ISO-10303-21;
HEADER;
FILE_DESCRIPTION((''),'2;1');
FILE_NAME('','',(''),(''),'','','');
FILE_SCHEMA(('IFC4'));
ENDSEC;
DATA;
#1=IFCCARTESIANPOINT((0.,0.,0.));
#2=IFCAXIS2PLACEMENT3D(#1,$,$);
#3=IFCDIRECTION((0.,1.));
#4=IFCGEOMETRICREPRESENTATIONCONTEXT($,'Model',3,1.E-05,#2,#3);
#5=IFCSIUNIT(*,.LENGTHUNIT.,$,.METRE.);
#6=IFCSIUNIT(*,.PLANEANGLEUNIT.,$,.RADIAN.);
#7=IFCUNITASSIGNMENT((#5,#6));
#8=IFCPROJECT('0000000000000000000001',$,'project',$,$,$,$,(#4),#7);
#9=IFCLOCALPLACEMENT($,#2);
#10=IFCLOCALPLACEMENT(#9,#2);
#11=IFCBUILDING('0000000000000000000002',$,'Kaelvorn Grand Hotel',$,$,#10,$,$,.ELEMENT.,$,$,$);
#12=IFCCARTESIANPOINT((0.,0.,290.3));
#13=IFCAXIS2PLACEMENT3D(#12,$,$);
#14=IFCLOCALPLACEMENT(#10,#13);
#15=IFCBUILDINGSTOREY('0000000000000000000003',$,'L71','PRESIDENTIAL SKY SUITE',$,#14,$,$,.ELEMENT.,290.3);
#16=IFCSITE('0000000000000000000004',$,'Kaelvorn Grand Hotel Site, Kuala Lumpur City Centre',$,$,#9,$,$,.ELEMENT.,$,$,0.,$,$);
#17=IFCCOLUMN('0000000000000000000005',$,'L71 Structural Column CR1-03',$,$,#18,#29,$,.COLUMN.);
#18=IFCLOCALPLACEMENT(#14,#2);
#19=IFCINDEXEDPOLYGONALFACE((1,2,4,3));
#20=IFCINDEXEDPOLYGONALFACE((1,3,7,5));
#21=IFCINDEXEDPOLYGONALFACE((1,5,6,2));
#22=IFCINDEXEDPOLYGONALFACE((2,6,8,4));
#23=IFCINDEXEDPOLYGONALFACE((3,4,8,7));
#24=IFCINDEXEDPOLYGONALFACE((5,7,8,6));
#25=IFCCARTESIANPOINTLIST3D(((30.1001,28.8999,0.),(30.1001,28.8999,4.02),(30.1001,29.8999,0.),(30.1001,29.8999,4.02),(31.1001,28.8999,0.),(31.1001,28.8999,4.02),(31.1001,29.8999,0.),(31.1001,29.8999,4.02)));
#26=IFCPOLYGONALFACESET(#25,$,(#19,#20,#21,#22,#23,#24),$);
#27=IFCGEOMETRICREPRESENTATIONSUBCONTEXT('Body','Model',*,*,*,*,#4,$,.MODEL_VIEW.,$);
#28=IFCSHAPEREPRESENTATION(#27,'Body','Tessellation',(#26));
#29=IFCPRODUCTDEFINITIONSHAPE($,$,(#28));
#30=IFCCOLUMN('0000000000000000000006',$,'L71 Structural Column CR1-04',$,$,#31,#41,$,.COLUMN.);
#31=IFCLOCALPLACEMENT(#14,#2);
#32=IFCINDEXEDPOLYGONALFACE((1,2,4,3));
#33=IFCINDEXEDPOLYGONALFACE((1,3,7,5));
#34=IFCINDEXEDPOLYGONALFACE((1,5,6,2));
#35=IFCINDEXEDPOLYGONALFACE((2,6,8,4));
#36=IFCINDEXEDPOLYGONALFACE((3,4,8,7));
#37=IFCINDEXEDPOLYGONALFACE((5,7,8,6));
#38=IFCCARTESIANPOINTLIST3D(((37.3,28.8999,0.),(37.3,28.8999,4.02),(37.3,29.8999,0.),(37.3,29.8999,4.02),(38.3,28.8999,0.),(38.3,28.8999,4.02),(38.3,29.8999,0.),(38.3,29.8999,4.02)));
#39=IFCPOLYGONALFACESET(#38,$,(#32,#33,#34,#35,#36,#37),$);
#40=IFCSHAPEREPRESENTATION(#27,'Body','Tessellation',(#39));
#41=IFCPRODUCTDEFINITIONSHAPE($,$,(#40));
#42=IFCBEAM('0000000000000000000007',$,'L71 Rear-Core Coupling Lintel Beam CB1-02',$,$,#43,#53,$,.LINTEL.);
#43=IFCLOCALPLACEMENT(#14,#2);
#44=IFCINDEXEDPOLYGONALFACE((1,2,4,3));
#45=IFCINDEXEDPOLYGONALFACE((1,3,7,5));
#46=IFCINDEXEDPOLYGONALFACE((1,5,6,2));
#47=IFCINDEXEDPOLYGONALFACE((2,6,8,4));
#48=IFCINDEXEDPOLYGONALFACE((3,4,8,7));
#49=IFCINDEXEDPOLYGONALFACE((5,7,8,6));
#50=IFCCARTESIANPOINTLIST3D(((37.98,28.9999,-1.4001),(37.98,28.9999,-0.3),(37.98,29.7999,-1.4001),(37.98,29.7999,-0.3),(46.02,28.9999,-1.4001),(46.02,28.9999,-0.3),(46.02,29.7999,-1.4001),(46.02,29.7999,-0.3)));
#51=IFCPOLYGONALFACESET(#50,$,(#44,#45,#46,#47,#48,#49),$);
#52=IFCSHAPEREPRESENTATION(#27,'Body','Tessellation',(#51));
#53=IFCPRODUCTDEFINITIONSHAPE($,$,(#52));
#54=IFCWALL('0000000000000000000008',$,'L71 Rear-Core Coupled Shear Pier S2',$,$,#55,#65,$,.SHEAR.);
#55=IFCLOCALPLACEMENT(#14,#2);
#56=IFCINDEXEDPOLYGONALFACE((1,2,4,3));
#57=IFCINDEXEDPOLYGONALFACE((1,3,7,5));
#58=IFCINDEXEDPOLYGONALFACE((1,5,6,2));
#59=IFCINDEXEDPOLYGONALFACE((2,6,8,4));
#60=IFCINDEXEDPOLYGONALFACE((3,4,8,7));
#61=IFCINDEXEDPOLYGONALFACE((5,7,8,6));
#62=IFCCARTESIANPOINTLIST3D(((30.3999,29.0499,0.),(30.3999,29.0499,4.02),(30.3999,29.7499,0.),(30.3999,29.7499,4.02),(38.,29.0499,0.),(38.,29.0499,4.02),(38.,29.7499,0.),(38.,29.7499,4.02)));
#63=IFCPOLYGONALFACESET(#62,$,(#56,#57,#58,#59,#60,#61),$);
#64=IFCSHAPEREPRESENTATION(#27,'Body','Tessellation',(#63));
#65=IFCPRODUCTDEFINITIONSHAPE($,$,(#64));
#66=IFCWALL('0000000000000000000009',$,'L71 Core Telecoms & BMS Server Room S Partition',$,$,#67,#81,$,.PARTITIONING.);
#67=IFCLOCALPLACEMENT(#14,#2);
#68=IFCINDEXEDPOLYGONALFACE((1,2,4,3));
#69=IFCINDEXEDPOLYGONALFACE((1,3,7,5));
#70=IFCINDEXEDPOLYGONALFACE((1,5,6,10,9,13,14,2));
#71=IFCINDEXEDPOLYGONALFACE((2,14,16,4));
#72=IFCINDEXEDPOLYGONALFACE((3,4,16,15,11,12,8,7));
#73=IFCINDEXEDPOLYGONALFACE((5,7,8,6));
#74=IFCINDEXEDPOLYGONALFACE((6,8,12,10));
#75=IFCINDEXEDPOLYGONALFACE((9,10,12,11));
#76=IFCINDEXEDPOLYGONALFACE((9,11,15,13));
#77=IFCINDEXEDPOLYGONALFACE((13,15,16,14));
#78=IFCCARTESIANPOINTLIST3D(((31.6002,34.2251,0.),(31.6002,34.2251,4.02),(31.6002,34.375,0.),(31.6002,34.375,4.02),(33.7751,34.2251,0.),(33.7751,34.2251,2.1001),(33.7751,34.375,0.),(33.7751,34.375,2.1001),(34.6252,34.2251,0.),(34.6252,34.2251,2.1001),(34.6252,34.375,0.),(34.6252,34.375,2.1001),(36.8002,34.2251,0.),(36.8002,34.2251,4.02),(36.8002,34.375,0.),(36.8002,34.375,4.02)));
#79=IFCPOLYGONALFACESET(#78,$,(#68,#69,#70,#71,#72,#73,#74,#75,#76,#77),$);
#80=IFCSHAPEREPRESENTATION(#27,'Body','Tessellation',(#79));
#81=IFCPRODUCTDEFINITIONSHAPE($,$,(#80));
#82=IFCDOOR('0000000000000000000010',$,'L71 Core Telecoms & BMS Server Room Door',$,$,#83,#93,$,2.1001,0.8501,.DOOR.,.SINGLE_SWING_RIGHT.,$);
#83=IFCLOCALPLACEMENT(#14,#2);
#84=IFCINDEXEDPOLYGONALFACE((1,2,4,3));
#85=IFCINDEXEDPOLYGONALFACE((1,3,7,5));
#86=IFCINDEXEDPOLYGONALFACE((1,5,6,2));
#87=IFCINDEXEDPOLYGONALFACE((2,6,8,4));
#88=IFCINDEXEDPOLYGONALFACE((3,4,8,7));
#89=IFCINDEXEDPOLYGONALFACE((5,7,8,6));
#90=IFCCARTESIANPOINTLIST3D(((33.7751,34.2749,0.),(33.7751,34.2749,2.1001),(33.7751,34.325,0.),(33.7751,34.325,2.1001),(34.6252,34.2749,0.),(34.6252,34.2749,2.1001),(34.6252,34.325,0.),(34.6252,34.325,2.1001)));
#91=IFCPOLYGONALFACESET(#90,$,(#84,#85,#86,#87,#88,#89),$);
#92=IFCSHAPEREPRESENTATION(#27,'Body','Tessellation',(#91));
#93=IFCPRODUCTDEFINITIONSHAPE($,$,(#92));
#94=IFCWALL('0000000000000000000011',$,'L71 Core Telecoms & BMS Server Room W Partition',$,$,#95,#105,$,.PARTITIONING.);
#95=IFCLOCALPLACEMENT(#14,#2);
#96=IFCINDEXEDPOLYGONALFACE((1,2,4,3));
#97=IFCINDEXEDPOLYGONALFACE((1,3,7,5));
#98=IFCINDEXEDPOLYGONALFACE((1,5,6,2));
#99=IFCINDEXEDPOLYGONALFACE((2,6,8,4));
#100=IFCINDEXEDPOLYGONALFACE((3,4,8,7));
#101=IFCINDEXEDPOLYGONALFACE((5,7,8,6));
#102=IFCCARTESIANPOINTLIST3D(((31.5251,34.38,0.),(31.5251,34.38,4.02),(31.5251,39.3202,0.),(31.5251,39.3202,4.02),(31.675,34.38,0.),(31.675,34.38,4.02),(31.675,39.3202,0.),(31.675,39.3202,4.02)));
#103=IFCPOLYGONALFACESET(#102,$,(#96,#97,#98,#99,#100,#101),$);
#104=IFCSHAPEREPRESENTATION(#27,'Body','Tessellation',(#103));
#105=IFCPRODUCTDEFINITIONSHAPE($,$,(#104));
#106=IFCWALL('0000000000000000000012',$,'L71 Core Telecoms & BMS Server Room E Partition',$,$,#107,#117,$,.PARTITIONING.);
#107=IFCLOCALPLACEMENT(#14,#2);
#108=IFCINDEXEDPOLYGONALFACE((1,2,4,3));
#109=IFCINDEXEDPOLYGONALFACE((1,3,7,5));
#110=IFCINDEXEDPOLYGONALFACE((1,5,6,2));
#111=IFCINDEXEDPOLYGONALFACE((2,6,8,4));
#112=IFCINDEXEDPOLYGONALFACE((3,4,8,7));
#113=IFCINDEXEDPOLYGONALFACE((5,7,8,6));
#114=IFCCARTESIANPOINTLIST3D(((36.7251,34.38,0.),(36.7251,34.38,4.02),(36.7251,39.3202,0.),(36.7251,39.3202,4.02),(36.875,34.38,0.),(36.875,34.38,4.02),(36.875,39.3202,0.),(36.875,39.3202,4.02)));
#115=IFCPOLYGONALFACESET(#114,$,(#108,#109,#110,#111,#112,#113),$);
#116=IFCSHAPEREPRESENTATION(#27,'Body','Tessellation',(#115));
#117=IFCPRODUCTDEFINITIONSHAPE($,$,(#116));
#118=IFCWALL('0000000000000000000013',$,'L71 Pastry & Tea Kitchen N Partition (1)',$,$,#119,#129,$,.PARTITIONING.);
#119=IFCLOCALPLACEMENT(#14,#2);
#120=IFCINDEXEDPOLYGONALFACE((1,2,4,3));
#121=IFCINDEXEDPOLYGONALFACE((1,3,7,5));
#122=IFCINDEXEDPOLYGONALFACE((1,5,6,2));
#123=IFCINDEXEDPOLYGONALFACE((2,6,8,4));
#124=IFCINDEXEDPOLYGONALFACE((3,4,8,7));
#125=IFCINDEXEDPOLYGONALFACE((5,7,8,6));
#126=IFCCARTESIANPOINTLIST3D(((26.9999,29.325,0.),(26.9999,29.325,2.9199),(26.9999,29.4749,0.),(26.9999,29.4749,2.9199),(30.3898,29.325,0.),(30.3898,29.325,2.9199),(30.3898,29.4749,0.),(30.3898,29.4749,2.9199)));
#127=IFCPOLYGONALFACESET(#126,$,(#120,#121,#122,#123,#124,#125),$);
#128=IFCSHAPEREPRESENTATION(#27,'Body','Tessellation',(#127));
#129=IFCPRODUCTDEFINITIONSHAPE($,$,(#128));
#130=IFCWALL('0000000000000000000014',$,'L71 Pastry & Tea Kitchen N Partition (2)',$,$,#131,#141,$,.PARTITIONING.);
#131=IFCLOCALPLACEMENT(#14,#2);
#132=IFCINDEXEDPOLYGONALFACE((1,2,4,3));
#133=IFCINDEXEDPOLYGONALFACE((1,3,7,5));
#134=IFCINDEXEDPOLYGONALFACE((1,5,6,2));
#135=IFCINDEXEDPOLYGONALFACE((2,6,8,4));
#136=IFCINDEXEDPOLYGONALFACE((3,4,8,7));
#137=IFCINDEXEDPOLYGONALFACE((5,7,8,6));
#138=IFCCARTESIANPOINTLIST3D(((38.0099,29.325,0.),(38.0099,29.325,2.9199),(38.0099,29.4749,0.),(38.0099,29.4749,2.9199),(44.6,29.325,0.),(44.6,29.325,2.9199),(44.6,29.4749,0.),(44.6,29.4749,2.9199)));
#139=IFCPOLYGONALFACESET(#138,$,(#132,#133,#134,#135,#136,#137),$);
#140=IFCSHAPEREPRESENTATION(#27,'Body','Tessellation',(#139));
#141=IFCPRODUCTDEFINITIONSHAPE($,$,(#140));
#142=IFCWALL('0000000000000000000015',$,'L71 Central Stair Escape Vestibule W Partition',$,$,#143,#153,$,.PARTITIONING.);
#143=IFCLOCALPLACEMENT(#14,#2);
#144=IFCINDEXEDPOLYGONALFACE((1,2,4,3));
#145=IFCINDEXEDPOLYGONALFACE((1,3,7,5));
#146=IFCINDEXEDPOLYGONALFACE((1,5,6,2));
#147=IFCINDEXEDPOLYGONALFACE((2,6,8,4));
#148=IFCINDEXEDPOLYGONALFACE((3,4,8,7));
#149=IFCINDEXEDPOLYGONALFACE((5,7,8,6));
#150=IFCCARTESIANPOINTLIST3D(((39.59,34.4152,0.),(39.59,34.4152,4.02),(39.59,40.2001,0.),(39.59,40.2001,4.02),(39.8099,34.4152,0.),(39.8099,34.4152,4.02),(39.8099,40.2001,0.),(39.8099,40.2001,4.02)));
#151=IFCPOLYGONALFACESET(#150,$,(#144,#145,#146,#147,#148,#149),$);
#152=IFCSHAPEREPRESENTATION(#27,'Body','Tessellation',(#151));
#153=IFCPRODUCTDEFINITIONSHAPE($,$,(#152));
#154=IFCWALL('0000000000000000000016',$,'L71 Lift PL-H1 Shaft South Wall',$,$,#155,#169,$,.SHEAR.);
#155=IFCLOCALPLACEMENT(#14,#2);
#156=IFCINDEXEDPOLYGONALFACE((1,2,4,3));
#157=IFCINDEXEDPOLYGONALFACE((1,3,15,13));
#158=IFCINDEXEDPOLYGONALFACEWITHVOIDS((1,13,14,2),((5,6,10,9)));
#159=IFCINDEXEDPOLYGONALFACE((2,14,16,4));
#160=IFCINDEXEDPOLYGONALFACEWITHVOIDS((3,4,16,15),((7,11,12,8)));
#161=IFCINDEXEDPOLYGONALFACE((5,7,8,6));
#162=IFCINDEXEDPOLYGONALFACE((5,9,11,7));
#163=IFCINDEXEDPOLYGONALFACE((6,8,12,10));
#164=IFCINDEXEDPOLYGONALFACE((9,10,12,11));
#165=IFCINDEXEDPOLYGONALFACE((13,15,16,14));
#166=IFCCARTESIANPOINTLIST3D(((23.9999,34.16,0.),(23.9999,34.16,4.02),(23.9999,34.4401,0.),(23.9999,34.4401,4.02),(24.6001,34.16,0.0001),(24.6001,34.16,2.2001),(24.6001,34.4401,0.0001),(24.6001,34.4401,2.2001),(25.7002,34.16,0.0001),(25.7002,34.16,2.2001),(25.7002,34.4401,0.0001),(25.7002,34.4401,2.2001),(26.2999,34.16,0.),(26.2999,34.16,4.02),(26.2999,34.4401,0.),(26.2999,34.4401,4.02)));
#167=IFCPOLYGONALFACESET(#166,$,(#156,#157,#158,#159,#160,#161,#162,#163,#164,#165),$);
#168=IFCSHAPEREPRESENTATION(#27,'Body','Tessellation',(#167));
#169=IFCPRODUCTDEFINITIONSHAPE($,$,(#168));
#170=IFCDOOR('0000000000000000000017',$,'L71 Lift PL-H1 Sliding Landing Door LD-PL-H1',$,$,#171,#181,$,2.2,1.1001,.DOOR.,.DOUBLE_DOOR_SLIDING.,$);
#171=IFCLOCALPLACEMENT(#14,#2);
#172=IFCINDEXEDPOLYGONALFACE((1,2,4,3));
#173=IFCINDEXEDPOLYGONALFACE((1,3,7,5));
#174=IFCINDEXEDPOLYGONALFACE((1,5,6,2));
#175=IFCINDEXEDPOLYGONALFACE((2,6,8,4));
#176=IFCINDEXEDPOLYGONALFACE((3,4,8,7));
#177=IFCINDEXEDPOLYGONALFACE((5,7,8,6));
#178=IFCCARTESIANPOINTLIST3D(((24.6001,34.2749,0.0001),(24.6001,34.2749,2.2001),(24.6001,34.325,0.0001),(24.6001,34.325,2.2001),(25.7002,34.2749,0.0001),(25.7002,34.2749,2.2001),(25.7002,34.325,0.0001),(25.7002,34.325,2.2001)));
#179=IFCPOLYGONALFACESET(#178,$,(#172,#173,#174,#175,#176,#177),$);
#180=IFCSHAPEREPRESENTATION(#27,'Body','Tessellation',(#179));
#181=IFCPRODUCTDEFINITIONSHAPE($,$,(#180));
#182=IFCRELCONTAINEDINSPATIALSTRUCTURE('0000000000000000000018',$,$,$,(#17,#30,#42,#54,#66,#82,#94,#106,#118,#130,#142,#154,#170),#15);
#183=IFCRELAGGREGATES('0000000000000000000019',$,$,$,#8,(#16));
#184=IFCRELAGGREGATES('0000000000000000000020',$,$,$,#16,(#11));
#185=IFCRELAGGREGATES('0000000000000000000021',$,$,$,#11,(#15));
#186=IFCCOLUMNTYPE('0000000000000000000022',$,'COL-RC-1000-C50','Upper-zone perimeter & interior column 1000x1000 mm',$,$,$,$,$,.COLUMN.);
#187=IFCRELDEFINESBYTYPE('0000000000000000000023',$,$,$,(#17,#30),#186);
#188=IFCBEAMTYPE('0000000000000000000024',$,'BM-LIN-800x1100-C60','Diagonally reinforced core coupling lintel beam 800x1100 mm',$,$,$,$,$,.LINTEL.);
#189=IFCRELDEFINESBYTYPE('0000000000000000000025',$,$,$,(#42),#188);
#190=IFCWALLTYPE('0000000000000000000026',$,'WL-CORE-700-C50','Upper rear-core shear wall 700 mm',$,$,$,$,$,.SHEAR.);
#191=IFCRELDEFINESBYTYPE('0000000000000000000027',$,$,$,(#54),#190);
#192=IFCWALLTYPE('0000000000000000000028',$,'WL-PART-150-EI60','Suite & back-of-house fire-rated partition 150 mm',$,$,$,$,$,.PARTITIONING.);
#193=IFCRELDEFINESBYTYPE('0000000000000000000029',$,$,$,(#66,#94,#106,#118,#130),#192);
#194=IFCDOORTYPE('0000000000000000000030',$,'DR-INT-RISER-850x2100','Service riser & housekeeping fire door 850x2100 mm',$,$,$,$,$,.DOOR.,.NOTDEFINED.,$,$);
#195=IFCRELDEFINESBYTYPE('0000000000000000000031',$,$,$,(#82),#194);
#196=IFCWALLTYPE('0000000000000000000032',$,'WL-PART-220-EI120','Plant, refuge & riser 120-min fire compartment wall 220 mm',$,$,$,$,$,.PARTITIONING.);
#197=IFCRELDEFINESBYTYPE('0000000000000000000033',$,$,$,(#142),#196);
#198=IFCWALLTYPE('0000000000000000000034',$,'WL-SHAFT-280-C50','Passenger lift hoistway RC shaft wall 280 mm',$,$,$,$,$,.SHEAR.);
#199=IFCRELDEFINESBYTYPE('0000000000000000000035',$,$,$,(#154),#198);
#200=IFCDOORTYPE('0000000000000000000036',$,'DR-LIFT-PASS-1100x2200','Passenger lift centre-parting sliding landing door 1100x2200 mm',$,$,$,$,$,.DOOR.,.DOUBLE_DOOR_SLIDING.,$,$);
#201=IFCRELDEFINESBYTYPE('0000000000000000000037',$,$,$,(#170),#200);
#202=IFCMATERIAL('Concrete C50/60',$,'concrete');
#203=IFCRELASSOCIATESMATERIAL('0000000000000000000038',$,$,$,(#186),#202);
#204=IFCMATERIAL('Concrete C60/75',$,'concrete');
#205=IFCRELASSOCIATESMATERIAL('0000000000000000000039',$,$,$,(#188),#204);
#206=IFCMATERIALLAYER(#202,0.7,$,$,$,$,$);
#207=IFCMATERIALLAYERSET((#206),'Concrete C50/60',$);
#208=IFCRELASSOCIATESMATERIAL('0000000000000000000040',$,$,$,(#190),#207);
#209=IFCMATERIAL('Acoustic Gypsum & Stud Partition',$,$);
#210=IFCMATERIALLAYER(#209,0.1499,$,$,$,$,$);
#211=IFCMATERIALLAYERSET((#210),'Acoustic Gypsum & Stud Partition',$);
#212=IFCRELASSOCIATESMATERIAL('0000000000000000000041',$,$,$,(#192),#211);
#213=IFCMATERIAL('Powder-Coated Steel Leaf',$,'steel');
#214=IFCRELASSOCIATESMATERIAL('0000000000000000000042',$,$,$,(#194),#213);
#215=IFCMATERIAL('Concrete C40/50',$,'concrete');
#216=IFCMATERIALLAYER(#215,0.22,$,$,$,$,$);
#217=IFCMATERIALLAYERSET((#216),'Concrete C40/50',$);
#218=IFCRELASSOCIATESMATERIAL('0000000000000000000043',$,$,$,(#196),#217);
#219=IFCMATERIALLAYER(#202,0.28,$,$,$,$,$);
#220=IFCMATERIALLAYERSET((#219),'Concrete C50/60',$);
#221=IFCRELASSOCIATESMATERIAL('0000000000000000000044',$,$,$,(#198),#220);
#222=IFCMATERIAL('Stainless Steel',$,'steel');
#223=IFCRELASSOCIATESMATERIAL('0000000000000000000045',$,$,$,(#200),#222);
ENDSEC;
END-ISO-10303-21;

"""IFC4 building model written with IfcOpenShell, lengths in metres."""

from ifc_helpers import new_model, si_unit, direction, frame, frame_2d, origin, origin_2d, place, context, subcontext, project, spatial, rectangle, extrude, material, layer, layer_set, material_profile, profile_set, type_object, element, fill, save


model = new_model("IFC4")

# Units and contexts
model_context = context("Model", 3, precision=1e-05, world=origin(), true_north=direction((0.0, 1.0)))
body_context = subcontext(model_context, "Body", "Model", "MODEL_VIEW")
ifc_project = project(units=[si_unit("LENGTHUNIT", "METRE"), si_unit("PLANEANGLEUNIT", "RADIAN")], contexts=[model_context])

# Site, building, storey
site_placement = place(None, origin())
site = spatial("IfcSite", under=ifc_project, at=site_placement, Name="Kaelvorn Grand Hotel Site, Kuala Lumpur City Centre", CompositionType="ELEMENT", RefElevation=0.0)
building_placement = place(site_placement, origin())
building = spatial("IfcBuilding", under=site, at=building_placement, Name="Kaelvorn Grand Hotel", CompositionType="ELEMENT")
storey_placement = place(building_placement, frame((0.0, 0.0, 290.3)))
storey = spatial("IfcBuildingStorey", under=building, at=storey_placement, Name="L71", Description="PRESIDENTIAL SKY SUITE", CompositionType="ELEMENT", Elevation=290.3)

# Columns
ifc_material_1 = material(Name="Concrete C50/60", Category="concrete")
ifc_material_profile_1 = material_profile(ifc_material_1, rectangle(XDim=1.0, YDim=1.0, at=origin_2d()), Name="RC COL 1000x1000")
ifc_profile_set_1 = profile_set([ifc_material_profile_1], Name="Concrete C50/60")
column_type = type_object("IfcColumnType", Name="COL-RC-1000-C50", Description="Upper-zone perimeter & interior column 1000x1000 mm", PredefinedType="COLUMN", material=ifc_profile_set_1)
for number, where, z_axis, x_axis, name in (
    (1, (30.6001, 29.3999, 0.0), (0.0, 0.0, 1.0), (1.0, 0.0, 0.0), "L71 Structural Column CR1-03"),
    (2, (37.8, 29.3999, 0.0), (0.0, 0.0, 1.0), (1.0, 0.0, 0.0), "L71 Structural Column CR1-04"),
):
    element("IfcColumn", number, at=place(storey_placement, frame(where, z_axis=z_axis, x_axis=x_axis)), inside=storey, type_object=column_type, Name=name, PredefinedType="COLUMN", context=body_context, shape_type="SweptSolid", body=[
        extrude(rectangle(XDim=1.0, YDim=1.0, at=origin_2d()), origin(), (0.0, 0.0, 1.0), 4.02),
    ])

# Beam
ifc_material_2 = material(Name="Concrete C60/75", Category="concrete")
ifc_material_profile_2 = material_profile(ifc_material_2, rectangle(XDim=0.8, YDim=1.1001, at=origin_2d()), Name="RC LINTEL 800x1100")
ifc_profile_set_2 = profile_set([ifc_material_profile_2], Name="Concrete C60/75")
beam_type = type_object("IfcBeamType", Name="BM-LIN-800x1100-C60", Description="Diagonally reinforced core coupling lintel beam 800x1100 mm", PredefinedType="LINTEL", material=ifc_profile_set_2)
beam_placement = place(storey_placement, frame((37.98, 29.3999, -0.8501), z_axis=(1.0, 0.0, 0.0), x_axis=(0.0, 1.0, 0.0)))
element("IfcBeam", 3, at=beam_placement, inside=storey, type_object=beam_type, Name="L71 Rear-Core Coupling Lintel Beam CB1-02", PredefinedType="LINTEL", context=body_context, shape_type="SweptSolid", body=[
    extrude(rectangle(XDim=0.8, YDim=1.1001, at=origin_2d()), origin(), (0.0, 0.0, 1.0), 8.04),
])

# Wall
ifc_layer_1 = layer(ifc_material_1, 0.7)
ifc_layer_set_1 = layer_set([ifc_layer_1], Name="Concrete C50/60")
wall_type_1 = type_object("IfcWallType", Name="WL-CORE-700-C50", Description="Upper rear-core shear wall 700 mm", PredefinedType="SHEAR", material=ifc_layer_set_1)
wall_1_placement = place(storey_placement, frame((30.3999, 29.3999, 0.0), z_axis=(0.0, 0.0, 1.0), x_axis=(1.0, 0.0, 0.0)))
element("IfcWall", 4, at=wall_1_placement, inside=storey, type_object=wall_type_1, Name="L71 Rear-Core Coupled Shear Pier S2", PredefinedType="SHEAR", context=body_context, shape_type="SweptSolid", body=[
    extrude(rectangle(XDim=7.6001, YDim=0.7, at=frame_2d((3.8, 0.0))), origin(), (0.0, 0.0, 1.0), 4.02),
])

# Wall, opening, door
ifc_material_3 = material(Name="Acoustic Gypsum & Stud Partition")
ifc_layer_2 = layer(ifc_material_3, 0.1499)
ifc_layer_set_2 = layer_set([ifc_layer_2], Name="Acoustic Gypsum & Stud Partition")
wall_type_2 = type_object("IfcWallType", Name="WL-PART-150-EI60", Description="Suite & back-of-house fire-rated partition 150 mm", PredefinedType="PARTITIONING", material=ifc_layer_set_2)
wall_2_placement = place(storey_placement, frame((31.6001, 34.3, 0.0), z_axis=(0.0, 0.0, 1.0), x_axis=(1.0, 0.0, 0.0)))
wall_2 = element("IfcWall", 5, at=wall_2_placement, inside=storey, type_object=wall_type_2, Name="L71 Core Telecoms & BMS Server Room S Partition", PredefinedType="PARTITIONING", context=body_context, shape_type="SweptSolid", body=[
    extrude(rectangle(XDim=5.2, YDim=0.1499, at=frame_2d((2.6001, 0.0))), origin(), (0.0, 0.0, 1.0), 4.02),
])
opening_1_placement = place(wall_2_placement, frame((2.175, 0.0, 0.0)))
opening_1 = element("IfcOpeningElement", 6, at=opening_1_placement, cuts=wall_2, PredefinedType="OPENING", context=body_context, shape_type="SweptSolid", body=[
    extrude(rectangle(XDim=0.8501, YDim=2.1001, at=frame_2d((0.425, 1.05))), frame((0.0, 0.085, 0.0), z_axis=(0.0, -1.0, 0.0), x_axis=(1.0, 0.0, 0.0)), (0.0, 0.0, 1.0), 0.1699),
])
ifc_material_4 = material(Name="Powder-Coated Steel Leaf", Category="steel")
door_type_1 = type_object("IfcDoorType", Name="DR-INT-RISER-850x2100", Description="Service riser & housekeeping fire door 850x2100 mm", OperationType="NOTDEFINED", PredefinedType="DOOR", material=ifc_material_4)
door_1_placement = place(opening_1_placement, origin())
door_1 = element("IfcDoor", 7, at=door_1_placement, inside=storey, type_object=door_type_1, Name="L71 Core Telecoms & BMS Server Room Door", OperationType="SINGLE_SWING_RIGHT", OverallHeight=2.1001, OverallWidth=0.8501, PredefinedType="DOOR", context=body_context, shape_type="SweptSolid", body=[
    extrude(rectangle(XDim=0.8501, YDim=2.1001, at=frame_2d((0.425, 1.05))), frame((0.0, 0.0249, 0.0), z_axis=(0.0, -1.0, 0.0), x_axis=(1.0, 0.0, 0.0)), (0.0, 0.0, 1.0), 0.05),
])
fill(opening_1, door_1)

# Walls
for number, where, z_axis, x_axis, name in (
    (8, (31.6001, 34.3799, 0.0), (0.0, 0.0, 1.0), (0.0, 1.0, 0.0), "L71 Core Telecoms & BMS Server Room W Partition"),
    (9, (36.8, 34.3799, 0.0), (0.0, 0.0, 1.0), (0.0, 1.0, 0.0), "L71 Core Telecoms & BMS Server Room E Partition"),
):
    element("IfcWall", number, at=place(storey_placement, frame(where, z_axis=z_axis, x_axis=x_axis)), inside=storey, type_object=wall_type_2, Name=name, PredefinedType="PARTITIONING", context=body_context, shape_type="SweptSolid", body=[
        extrude(rectangle(XDim=4.9402, YDim=0.1499, at=frame_2d((2.4702, 0.0))), origin(), (0.0, 0.0, 1.0), 4.02),
    ])
wall_3_placement = place(storey_placement, frame((27.0, 29.3999, 0.0), z_axis=(0.0, 0.0, 1.0), x_axis=(1.0, 0.0, 0.0)))
element("IfcWall", 10, at=wall_3_placement, inside=storey, type_object=wall_type_2, Name="L71 Pastry & Tea Kitchen N Partition (1)", PredefinedType="PARTITIONING", context=body_context, shape_type="SweptSolid", body=[
    extrude(rectangle(XDim=3.3899, YDim=0.1499, at=frame_2d((1.6948, 0.0))), origin(), (0.0, 0.0, 1.0), 2.9199),
])
wall_4_placement = place(storey_placement, frame((38.01, 29.3999, 0.0), z_axis=(0.0, 0.0, 1.0), x_axis=(1.0, 0.0, 0.0)))
element("IfcWall", 11, at=wall_4_placement, inside=storey, type_object=wall_type_2, Name="L71 Pastry & Tea Kitchen N Partition (2)", PredefinedType="PARTITIONING", context=body_context, shape_type="SweptSolid", body=[
    extrude(rectangle(XDim=6.5901, YDim=0.1499, at=frame_2d((3.2949, 0.0))), origin(), (0.0, 0.0, 1.0), 2.9199),
])

# Shared definitions
ifc_material_5 = material(Name="Concrete C40/50", Category="concrete")
ifc_layer_3 = layer(ifc_material_5, 0.22)
ifc_layer_set_3 = layer_set([ifc_layer_3], Name="Concrete C40/50")
wall_type_3 = type_object("IfcWallType", Name="WL-PART-220-EI120", Description="Plant, refuge & riser 120-min fire compartment wall 220 mm", PredefinedType="PARTITIONING", material=ifc_layer_set_3)

# Wall
wall_5_placement = place(storey_placement, frame((39.7, 34.415, 0.0), z_axis=(0.0, 0.0, 1.0), x_axis=(0.0, 1.0, 0.0)))
element("IfcWall", 12, at=wall_5_placement, inside=storey, type_object=wall_type_3, Name="L71 Central Stair Escape Vestibule W Partition", PredefinedType="PARTITIONING", context=body_context, shape_type="SweptSolid", body=[
    extrude(rectangle(XDim=5.7849, YDim=0.22, at=frame_2d((2.8926, 0.0))), origin(), (0.0, 0.0, 1.0), 4.02),
])

# Wall, opening, door
ifc_layer_4 = layer(ifc_material_1, 0.28)
ifc_layer_set_4 = layer_set([ifc_layer_4], Name="Concrete C50/60")
wall_type_4 = type_object("IfcWallType", Name="WL-SHAFT-280-C50", Description="Passenger lift hoistway RC shaft wall 280 mm", PredefinedType="SHEAR", material=ifc_layer_set_4)
wall_6_placement = place(storey_placement, frame((24.0, 34.3, 0.0), z_axis=(0.0, 0.0, 1.0), x_axis=(1.0, 0.0, 0.0)))
wall_6 = element("IfcWall", 13, at=wall_6_placement, inside=storey, type_object=wall_type_4, Name="L71 Lift PL-H1 Shaft South Wall", PredefinedType="SHEAR", context=body_context, shape_type="SweptSolid", body=[
    extrude(rectangle(XDim=2.3, YDim=0.28, at=frame_2d((1.1499, 0.0))), origin(), (0.0, 0.0, 1.0), 4.02),
])
opening_2_placement = place(wall_6_placement, frame((0.6001, 0.0, 0.0)))
opening_2 = element("IfcOpeningElement", 14, at=opening_2_placement, cuts=wall_6, PredefinedType="OPENING", context=body_context, shape_type="SweptSolid", body=[
    extrude(rectangle(XDim=1.1001, YDim=2.2, at=frame_2d((0.55, 1.1001))), frame((0.0, 0.1499, 0.0), z_axis=(0.0, -1.0, 0.0), x_axis=(1.0, 0.0, 0.0)), (0.0, 0.0, 1.0), 0.3),
])
ifc_material_6 = material(Name="Stainless Steel", Category="steel")
door_type_2 = type_object("IfcDoorType", Name="DR-LIFT-PASS-1100x2200", Description="Passenger lift centre-parting sliding landing door 1100x2200 mm", OperationType="DOUBLE_DOOR_SLIDING", PredefinedType="DOOR", material=ifc_material_6)
door_2_placement = place(opening_2_placement, origin())
door_2 = element("IfcDoor", 15, at=door_2_placement, inside=storey, type_object=door_type_2, Name="L71 Lift PL-H1 Sliding Landing Door LD-PL-H1", OperationType="DOUBLE_DOOR_SLIDING", OverallHeight=2.2, OverallWidth=1.1001, PredefinedType="DOOR", context=body_context, shape_type="SweptSolid", body=[
    extrude(rectangle(XDim=1.1001, YDim=2.2, at=frame_2d((0.55, 1.1001))), frame((0.0, 0.0249, 0.0), z_axis=(0.0, -1.0, 0.0), x_axis=(1.0, 0.0, 0.0)), (0.0, 0.0, 1.0), 0.05),
])
fill(opening_2, door_2)

save(model, "model.ifc")
